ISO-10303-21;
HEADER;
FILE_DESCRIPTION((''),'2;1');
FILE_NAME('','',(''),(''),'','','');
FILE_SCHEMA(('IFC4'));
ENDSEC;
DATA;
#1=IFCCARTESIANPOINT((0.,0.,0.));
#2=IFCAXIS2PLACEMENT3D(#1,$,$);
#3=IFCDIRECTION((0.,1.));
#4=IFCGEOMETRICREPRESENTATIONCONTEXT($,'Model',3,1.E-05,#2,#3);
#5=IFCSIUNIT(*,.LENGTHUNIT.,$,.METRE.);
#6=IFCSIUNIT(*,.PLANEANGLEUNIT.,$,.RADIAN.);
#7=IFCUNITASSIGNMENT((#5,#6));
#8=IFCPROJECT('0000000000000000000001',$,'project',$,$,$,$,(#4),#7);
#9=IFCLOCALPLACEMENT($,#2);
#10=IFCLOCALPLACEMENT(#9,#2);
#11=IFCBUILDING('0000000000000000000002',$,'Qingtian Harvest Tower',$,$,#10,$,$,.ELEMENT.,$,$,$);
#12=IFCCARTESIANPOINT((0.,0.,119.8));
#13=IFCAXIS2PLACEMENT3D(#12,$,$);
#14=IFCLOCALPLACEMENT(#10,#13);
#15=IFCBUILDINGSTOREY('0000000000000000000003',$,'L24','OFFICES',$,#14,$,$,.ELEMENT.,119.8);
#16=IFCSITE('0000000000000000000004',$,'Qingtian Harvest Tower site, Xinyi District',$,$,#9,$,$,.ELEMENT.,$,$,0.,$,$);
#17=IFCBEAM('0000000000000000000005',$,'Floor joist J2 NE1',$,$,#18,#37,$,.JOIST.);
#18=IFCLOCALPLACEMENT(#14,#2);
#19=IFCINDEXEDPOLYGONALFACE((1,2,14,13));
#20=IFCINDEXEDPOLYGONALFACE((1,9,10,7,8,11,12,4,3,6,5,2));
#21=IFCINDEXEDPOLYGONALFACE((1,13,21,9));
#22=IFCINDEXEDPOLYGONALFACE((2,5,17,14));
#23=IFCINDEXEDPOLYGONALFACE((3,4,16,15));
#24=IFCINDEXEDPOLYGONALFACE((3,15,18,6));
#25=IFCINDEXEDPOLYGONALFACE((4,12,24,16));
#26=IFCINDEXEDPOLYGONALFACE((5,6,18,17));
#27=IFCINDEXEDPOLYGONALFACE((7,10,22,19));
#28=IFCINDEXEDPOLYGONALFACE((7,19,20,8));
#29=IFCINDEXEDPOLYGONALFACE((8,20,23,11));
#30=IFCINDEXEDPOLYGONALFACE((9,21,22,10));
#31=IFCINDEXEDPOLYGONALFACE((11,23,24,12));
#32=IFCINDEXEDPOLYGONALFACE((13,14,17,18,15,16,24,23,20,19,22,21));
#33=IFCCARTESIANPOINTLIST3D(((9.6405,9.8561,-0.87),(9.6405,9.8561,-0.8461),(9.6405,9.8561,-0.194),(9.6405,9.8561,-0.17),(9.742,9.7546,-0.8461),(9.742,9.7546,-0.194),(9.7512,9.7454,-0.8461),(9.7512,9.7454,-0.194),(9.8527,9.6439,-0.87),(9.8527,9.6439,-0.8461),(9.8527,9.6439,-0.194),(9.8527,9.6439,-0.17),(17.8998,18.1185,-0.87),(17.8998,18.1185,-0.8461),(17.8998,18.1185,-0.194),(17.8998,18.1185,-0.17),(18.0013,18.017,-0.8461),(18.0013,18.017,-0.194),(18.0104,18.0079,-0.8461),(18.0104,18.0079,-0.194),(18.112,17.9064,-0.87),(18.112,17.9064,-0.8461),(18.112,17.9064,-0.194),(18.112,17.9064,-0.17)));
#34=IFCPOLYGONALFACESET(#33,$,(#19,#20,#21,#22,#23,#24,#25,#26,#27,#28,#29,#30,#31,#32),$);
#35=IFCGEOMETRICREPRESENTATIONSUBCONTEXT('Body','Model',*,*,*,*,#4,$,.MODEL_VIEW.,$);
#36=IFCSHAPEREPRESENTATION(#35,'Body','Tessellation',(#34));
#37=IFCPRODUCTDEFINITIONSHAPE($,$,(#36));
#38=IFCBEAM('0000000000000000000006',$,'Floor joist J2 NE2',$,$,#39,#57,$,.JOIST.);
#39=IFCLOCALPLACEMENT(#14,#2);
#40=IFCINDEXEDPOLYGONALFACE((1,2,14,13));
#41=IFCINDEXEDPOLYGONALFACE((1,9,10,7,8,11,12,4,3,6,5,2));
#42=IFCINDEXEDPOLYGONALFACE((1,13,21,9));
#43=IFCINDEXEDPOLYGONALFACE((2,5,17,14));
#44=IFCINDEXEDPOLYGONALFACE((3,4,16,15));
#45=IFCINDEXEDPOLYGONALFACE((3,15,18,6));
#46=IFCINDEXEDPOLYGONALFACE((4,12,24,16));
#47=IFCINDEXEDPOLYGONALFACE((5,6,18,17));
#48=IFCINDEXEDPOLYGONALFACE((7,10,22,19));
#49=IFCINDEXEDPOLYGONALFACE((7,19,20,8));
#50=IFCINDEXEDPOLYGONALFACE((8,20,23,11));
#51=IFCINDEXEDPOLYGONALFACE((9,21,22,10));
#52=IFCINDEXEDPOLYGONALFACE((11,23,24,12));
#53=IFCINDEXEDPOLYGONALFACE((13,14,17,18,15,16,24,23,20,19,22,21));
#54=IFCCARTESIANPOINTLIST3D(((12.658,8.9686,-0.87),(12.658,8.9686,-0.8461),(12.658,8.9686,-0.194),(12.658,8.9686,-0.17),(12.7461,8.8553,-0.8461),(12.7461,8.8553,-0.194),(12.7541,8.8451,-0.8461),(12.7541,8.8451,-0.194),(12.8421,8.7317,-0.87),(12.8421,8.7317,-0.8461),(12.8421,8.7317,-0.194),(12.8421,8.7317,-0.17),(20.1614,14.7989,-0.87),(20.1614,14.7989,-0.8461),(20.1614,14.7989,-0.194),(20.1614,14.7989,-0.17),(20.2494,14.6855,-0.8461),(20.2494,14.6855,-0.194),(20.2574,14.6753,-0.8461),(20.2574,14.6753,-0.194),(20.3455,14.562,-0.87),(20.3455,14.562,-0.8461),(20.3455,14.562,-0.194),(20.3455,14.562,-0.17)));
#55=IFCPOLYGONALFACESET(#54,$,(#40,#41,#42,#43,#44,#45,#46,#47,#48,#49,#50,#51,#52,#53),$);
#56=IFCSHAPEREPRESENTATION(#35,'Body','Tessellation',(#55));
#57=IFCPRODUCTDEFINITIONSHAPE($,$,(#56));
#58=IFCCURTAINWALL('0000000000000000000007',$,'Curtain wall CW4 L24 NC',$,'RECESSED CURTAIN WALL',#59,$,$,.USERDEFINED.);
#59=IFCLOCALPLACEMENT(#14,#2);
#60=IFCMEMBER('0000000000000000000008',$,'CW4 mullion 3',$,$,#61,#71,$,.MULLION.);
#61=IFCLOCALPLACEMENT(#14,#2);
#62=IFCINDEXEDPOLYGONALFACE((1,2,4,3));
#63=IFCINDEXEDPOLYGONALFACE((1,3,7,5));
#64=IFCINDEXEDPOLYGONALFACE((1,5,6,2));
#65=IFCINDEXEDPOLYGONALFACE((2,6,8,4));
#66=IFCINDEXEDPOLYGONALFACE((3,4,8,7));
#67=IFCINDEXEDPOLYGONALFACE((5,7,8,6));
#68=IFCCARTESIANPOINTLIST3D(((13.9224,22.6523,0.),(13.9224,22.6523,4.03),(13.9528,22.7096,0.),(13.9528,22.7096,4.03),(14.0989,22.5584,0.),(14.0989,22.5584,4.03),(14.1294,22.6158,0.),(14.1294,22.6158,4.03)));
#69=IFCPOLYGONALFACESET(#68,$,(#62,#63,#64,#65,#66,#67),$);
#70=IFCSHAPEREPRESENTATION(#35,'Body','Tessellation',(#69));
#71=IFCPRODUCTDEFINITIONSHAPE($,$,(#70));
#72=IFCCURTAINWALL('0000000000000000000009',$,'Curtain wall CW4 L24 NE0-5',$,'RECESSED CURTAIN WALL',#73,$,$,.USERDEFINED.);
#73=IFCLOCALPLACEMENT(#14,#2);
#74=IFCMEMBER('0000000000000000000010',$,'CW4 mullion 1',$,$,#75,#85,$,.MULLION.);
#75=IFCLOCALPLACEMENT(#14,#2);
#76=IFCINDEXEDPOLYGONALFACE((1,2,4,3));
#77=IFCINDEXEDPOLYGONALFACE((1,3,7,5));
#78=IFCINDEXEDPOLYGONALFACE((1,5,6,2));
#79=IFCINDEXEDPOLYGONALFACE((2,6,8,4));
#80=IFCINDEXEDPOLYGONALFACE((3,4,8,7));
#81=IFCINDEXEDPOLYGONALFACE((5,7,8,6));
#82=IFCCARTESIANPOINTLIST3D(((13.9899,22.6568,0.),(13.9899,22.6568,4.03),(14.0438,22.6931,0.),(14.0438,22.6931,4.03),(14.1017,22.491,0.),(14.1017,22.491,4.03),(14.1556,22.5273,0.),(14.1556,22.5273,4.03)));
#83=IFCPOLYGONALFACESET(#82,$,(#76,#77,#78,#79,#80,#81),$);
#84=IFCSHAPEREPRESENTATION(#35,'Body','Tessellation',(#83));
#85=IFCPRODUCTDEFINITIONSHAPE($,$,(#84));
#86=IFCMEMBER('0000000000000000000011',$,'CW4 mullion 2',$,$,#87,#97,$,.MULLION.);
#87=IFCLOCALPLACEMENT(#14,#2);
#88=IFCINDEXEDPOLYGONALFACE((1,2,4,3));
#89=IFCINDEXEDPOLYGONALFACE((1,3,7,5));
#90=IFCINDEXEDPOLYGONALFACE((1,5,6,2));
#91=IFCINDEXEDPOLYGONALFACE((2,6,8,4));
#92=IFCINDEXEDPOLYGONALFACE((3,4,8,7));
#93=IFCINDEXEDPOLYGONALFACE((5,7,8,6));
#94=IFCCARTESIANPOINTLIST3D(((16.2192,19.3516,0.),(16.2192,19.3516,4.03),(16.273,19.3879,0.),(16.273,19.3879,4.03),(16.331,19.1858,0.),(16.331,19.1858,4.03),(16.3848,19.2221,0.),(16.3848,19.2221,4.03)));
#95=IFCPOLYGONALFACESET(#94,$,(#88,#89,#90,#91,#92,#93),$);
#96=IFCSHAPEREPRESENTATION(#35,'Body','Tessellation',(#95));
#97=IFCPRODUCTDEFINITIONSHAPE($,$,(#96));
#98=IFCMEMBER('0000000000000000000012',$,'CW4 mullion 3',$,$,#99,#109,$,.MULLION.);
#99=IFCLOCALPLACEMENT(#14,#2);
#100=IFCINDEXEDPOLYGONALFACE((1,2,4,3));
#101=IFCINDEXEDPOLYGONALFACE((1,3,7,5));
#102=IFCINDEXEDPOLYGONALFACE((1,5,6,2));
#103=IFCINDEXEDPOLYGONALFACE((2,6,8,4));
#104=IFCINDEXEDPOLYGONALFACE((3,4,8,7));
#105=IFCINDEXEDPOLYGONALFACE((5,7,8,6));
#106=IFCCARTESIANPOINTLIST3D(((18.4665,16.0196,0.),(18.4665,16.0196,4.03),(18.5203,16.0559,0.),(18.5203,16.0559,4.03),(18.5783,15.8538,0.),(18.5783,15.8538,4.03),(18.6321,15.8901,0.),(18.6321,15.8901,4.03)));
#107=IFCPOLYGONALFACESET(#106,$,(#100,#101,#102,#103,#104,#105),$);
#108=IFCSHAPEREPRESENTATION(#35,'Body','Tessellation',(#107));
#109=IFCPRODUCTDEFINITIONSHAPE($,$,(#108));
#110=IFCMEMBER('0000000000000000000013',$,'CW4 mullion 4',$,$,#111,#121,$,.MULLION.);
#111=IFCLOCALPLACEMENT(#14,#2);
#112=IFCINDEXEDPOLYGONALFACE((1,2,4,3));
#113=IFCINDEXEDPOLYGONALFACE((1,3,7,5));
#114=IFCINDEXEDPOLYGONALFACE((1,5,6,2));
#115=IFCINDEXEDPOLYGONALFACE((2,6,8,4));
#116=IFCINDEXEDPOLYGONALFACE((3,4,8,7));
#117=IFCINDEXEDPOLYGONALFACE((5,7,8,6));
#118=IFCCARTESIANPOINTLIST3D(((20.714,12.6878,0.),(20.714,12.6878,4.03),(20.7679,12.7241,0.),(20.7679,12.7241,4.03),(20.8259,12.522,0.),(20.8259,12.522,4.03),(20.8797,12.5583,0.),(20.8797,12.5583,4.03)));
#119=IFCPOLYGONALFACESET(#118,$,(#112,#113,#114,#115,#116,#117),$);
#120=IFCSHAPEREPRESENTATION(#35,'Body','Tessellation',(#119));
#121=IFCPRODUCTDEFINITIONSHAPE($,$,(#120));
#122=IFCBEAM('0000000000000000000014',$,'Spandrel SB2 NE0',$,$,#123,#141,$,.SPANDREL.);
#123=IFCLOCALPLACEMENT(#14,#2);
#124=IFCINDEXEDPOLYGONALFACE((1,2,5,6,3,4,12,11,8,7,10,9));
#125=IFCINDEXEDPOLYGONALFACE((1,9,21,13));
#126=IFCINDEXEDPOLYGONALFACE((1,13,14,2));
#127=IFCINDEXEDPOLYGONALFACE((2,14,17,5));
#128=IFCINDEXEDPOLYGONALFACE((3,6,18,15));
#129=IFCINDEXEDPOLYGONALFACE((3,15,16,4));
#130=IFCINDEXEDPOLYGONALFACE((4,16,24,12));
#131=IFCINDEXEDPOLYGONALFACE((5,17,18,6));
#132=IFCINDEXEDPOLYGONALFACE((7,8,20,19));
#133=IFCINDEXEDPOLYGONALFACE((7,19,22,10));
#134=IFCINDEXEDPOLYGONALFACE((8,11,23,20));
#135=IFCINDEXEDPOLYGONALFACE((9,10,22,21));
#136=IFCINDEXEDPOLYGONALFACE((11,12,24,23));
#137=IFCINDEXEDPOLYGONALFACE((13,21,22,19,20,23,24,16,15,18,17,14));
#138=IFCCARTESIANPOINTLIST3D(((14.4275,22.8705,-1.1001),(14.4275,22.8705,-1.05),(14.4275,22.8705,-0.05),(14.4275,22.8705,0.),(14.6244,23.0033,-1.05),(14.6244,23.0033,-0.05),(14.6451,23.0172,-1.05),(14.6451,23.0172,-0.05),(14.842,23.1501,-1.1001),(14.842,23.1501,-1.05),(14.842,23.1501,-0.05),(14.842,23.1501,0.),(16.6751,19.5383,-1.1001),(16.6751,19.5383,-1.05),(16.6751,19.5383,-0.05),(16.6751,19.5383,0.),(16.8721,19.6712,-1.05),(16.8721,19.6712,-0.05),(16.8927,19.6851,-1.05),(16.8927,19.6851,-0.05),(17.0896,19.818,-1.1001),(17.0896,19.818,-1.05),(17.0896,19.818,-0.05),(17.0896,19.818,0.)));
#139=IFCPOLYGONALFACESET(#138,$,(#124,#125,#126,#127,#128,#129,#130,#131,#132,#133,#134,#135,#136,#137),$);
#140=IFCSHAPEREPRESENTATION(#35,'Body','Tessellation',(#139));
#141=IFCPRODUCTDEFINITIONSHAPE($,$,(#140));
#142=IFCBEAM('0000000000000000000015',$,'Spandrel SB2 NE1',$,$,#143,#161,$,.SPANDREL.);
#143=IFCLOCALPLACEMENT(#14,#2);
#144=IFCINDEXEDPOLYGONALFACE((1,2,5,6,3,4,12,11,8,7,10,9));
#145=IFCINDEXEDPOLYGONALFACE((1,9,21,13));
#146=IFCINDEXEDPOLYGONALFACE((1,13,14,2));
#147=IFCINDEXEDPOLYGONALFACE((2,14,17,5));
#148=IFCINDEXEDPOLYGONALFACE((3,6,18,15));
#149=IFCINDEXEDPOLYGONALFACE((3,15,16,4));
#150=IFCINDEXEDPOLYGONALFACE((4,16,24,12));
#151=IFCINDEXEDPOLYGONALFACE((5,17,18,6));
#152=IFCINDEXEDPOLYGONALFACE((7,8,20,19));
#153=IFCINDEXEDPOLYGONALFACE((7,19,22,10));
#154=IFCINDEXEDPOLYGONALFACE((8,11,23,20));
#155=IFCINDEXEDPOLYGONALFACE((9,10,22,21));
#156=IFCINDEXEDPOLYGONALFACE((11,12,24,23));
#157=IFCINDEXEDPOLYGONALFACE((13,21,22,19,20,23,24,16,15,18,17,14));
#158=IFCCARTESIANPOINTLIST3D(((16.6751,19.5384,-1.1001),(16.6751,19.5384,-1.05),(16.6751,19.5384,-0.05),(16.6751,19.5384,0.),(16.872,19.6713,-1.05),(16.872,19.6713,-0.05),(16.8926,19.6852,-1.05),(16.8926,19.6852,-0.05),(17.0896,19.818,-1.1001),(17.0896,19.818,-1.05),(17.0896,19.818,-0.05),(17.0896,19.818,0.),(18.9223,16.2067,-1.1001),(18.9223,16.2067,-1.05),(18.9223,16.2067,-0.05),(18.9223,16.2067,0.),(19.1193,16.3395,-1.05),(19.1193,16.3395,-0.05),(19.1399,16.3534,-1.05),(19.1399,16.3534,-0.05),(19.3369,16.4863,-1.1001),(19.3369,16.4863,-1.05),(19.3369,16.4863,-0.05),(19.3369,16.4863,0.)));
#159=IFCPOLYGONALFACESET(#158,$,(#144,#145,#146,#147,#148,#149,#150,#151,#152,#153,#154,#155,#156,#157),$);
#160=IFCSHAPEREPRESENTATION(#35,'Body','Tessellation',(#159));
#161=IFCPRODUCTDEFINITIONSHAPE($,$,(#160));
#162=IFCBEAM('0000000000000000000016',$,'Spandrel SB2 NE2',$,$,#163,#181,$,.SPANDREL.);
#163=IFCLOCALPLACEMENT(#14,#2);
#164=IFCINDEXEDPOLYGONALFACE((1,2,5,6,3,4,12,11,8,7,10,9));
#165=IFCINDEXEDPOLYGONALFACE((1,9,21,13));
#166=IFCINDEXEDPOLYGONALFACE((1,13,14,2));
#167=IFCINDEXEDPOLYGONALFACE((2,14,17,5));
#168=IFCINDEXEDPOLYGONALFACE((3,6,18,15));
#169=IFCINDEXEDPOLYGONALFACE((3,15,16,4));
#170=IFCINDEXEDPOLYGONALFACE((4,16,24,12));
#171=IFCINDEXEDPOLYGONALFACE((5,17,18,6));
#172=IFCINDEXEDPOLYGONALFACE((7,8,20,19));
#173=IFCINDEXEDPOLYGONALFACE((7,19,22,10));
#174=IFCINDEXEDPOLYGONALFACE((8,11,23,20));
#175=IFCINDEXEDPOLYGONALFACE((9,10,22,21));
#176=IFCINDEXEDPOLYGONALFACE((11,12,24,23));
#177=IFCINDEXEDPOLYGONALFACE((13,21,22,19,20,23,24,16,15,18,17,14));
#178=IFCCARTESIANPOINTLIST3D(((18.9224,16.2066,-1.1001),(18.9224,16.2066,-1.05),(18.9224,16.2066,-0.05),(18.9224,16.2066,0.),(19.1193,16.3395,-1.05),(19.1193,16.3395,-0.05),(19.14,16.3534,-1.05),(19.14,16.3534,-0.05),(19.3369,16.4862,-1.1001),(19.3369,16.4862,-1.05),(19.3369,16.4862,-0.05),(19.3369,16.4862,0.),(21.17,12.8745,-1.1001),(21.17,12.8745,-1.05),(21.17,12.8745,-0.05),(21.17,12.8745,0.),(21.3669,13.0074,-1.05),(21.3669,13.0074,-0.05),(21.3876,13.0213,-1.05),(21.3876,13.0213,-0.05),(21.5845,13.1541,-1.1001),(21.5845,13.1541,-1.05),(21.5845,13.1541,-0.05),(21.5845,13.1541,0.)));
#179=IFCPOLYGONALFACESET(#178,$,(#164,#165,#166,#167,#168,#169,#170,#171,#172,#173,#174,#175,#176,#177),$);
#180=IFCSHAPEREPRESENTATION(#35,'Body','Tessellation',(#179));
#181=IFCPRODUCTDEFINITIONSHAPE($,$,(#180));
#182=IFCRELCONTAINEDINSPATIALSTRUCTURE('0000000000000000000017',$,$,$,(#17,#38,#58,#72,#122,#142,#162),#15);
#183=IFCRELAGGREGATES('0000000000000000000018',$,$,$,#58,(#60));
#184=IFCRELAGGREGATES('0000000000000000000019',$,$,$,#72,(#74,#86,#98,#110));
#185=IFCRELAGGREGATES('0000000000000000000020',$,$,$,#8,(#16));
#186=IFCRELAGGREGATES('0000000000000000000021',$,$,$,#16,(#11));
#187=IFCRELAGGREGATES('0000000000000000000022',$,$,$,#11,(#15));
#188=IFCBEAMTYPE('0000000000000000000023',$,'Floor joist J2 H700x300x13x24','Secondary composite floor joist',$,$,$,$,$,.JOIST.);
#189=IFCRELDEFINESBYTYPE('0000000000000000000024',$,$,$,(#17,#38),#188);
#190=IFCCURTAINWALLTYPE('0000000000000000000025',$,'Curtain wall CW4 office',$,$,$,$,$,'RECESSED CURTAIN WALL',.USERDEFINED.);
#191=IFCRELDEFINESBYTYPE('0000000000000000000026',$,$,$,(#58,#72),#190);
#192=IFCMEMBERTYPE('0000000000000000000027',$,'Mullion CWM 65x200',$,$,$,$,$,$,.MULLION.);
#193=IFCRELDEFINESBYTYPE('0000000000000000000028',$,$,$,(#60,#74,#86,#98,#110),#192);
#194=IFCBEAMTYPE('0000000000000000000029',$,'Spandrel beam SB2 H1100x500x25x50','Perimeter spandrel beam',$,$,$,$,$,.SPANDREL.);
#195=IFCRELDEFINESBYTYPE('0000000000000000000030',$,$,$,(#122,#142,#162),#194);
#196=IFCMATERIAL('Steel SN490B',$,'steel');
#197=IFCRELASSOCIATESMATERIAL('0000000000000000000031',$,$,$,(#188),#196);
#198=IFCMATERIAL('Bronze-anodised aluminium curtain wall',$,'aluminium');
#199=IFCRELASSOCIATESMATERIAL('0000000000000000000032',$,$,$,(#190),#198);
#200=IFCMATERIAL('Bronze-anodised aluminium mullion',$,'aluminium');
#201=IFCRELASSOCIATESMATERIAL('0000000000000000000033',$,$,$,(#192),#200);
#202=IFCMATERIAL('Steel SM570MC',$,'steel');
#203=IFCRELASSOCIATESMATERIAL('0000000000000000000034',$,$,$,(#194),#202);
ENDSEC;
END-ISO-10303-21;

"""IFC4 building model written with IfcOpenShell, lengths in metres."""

from ifc_helpers import new_model, si_unit, direction, frame, origin, origin_2d, place, context, subcontext, project, spatial, rectangle, i_section, extrude, material, material_profile, profile_set, type_object, element, aggregate, save


model = new_model("IFC4")

# Units and contexts
model_context = context("Model", 3, precision=1e-05, world=origin(), true_north=direction((0.0, 1.0)))
body_context = subcontext(model_context, "Body", "Model", "MODEL_VIEW")
ifc_project = project(units=[si_unit("LENGTHUNIT", "METRE"), si_unit("PLANEANGLEUNIT", "RADIAN")], contexts=[model_context])

# Site, building, storey
site_placement = place(None, origin())
site = spatial("IfcSite", under=ifc_project, at=site_placement, Name="Qingtian Harvest Tower site, Xinyi District", CompositionType="ELEMENT", RefElevation=0.0)
building_placement = place(site_placement, origin())
building = spatial("IfcBuilding", under=site, at=building_placement, Name="Qingtian Harvest Tower", CompositionType="ELEMENT")
storey_placement = place(building_placement, frame((0.0, 0.0, 119.8)))
storey = spatial("IfcBuildingStorey", under=building, at=storey_placement, Name="L24", Description="OFFICES", CompositionType="ELEMENT", Elevation=119.8)

# Beams
ifc_material_1 = material(Name="Steel SN490B", Category="steel")
ifc_material_profile_1 = material_profile(ifc_material_1, i_section(OverallWidth=0.3, OverallDepth=0.7, WebThickness=0.0129, FlangeThickness=0.0239, at=origin_2d()), Name="H700x300x13x24")
ifc_profile_set_1 = profile_set([ifc_material_profile_1], Name="Steel SN490B")
beam_type_1 = type_object("IfcBeamType", Name="Floor joist J2 H700x300x13x24", Description="Secondary composite floor joist", PredefinedType="JOIST", material=ifc_profile_set_1)
beam_1_placement = place(storey_placement, frame((18.0059, 18.0125, -0.52), z_axis=(-0.706971, -0.707243, 0.0), x_axis=(0.707243, -0.706971, 0.0)))
element("IfcBeam", 1, at=beam_1_placement, inside=storey, type_object=beam_type_1, Name="Floor joist J2 NE1", PredefinedType="JOIST", context=body_context, shape_type="SweptSolid", body=[
    extrude(i_section(OverallWidth=0.3, OverallDepth=0.7, WebThickness=0.0129, FlangeThickness=0.0239, at=origin_2d()), origin(), (0.0, 0.0, 1.0), 11.6826),
])
beam_2_placement = place(storey_placement, frame((20.2534, 14.6804, -0.52), z_axis=(-0.789641, -0.613569, 0.0), x_axis=(0.613569, -0.789641, 0.0)))
element("IfcBeam", 2, at=beam_2_placement, inside=storey, type_object=beam_type_1, Name="Floor joist J2 NE2", PredefinedType="JOIST", context=body_context, shape_type="SweptSolid", body=[
    extrude(i_section(OverallWidth=0.3, OverallDepth=0.7, WebThickness=0.0129, FlangeThickness=0.0239, at=origin_2d()), origin(), (0.0, 0.0, 1.0), 9.5022),
])

# Curtain wall, member
ifc_material_2 = material(Name="Bronze-anodised aluminium curtain wall", Category="aluminium")
curtain_wall_type = type_object("IfcCurtainWallType", Name="Curtain wall CW4 office", ElementType="RECESSED CURTAIN WALL", PredefinedType="USERDEFINED", material=ifc_material_2)
curtain_wall_1_placement = place(storey_placement, origin())
curtain_wall_1 = element("IfcCurtainWall", 3, at=curtain_wall_1_placement, inside=storey, type_object=curtain_wall_type, Name="Curtain wall CW4 L24 NC", ObjectType="RECESSED CURTAIN WALL", PredefinedType="USERDEFINED")
ifc_material_3 = material(Name="Bronze-anodised aluminium mullion", Category="aluminium")
ifc_material_profile_2 = material_profile(ifc_material_3, rectangle(XDim=0.0649, YDim=0.2, at=origin_2d()), Name="AL 65x200")
ifc_profile_set_2 = profile_set([ifc_material_profile_2], Name="Bronze-anodised aluminium mullion")
member_type_1 = type_object("IfcMemberType", Name="Mullion CWM 65x200", PredefinedType="MULLION", material=ifc_profile_set_2)
member_1_placement = place(storey_placement, frame((14.0259, 22.634, 0.0), z_axis=(0.0, 0.0, 1.0), x_axis=(0.469472, 0.882948, 0.0)))
member_1 = element("IfcMember", 4, at=member_1_placement, type_object=member_type_1, Name="CW4 mullion 3", PredefinedType="MULLION", context=body_context, shape_type="SweptSolid", body=[
    extrude(rectangle(XDim=0.0649, YDim=0.2, at=origin_2d()), origin(), (0.0, 0.0, 1.0), 4.03),
])

# Curtain wall, members
curtain_wall_2_placement = place(storey_placement, origin())
curtain_wall_2 = element("IfcCurtainWall", 5, at=curtain_wall_2_placement, inside=storey, type_object=curtain_wall_type, Name="Curtain wall CW4 L24 NE0-5", ObjectType="RECESSED CURTAIN WALL", PredefinedType="USERDEFINED")
member_2_placement = place(storey_placement, frame((14.0728, 22.592, 0.0), z_axis=(0.0, 0.0, 1.0), x_axis=(0.829038, 0.559193, 0.0)))
member_2 = element("IfcMember", 6, at=member_2_placement, type_object=member_type_1, Name="CW4 mullion 1", PredefinedType="MULLION", context=body_context, shape_type="SweptSolid", body=[
    extrude(rectangle(XDim=0.0649, YDim=0.2, at=origin_2d()), origin(), (0.0, 0.0, 1.0), 4.03),
])
member_3_placement = place(storey_placement, frame((16.302, 19.2869, 0.0), z_axis=(0.0, 0.0, 1.0), x_axis=(0.829038, 0.559193, 0.0)))
member_3 = element("IfcMember", 7, at=member_3_placement, type_object=member_type_1, Name="CW4 mullion 2", PredefinedType="MULLION", context=body_context, shape_type="SweptSolid", body=[
    extrude(rectangle(XDim=0.0649, YDim=0.2, at=origin_2d()), origin(), (0.0, 0.0, 1.0), 4.03),
])
member_4_placement = place(storey_placement, frame((18.5493, 15.9548, 0.0), z_axis=(0.0, 0.0, 1.0), x_axis=(0.829038, 0.559193, 0.0)))
member_4 = element("IfcMember", 8, at=member_4_placement, type_object=member_type_1, Name="CW4 mullion 3", PredefinedType="MULLION", context=body_context, shape_type="SweptSolid", body=[
    extrude(rectangle(XDim=0.0649, YDim=0.2, at=origin_2d()), origin(), (0.0, 0.0, 1.0), 4.03),
])
member_5_placement = place(storey_placement, frame((20.7969, 12.623, 0.0), z_axis=(0.0, 0.0, 1.0), x_axis=(0.829038, 0.559193, 0.0)))
member_5 = element("IfcMember", 9, at=member_5_placement, type_object=member_type_1, Name="CW4 mullion 4", PredefinedType="MULLION", context=body_context, shape_type="SweptSolid", body=[
    extrude(rectangle(XDim=0.0649, YDim=0.2, at=origin_2d()), origin(), (0.0, 0.0, 1.0), 4.03),
])

# Beams
ifc_material_4 = material(Name="Steel SM570MC", Category="steel")
ifc_material_profile_3 = material_profile(ifc_material_4, i_section(OverallWidth=0.5, OverallDepth=1.1001, WebThickness=0.0249, FlangeThickness=0.05, at=origin_2d()), Name="H1100x500x25x50")
ifc_profile_set_3 = profile_set([ifc_material_profile_3], Name="Steel SM570MC")
beam_type_2 = type_object("IfcBeamType", Name="Spandrel beam SB2 H1100x500x25x50", Description="Perimeter spandrel beam", PredefinedType="SPANDREL", material=ifc_profile_set_3)
beam_3_placement = place(storey_placement, frame((14.6348, 23.0103, -0.55), z_axis=(0.559206, -0.829029, 0.0), x_axis=(0.829029, 0.559206, 0.0)))
element("IfcBeam", 10, at=beam_3_placement, inside=storey, type_object=beam_type_2, Name="Spandrel SB2 NE0", PredefinedType="SPANDREL", context=body_context, shape_type="SweptSolid", body=[
    extrude(i_section(OverallWidth=0.5, OverallDepth=1.1001, WebThickness=0.0249, FlangeThickness=0.05, at=origin_2d()), origin(), (0.0, 0.0, 1.0), 4.0193),
])
beam_4_placement = place(storey_placement, frame((16.8823, 19.6782, -0.55), z_axis=(0.559192, -0.829038, 0.0), x_axis=(0.829038, 0.559192, 0.0)))
element("IfcBeam", 11, at=beam_4_placement, inside=storey, type_object=beam_type_2, Name="Spandrel SB2 NE1", PredefinedType="SPANDREL", context=body_context, shape_type="SweptSolid", body=[
    extrude(i_section(OverallWidth=0.5, OverallDepth=1.1001, WebThickness=0.0249, FlangeThickness=0.05, at=origin_2d()), origin(), (0.0, 0.0, 1.0), 4.0188),
])
beam_5_placement = place(storey_placement, frame((19.1296, 16.3464, -0.55), z_axis=(0.559206, -0.829029, 0.0), x_axis=(0.829029, 0.559206, 0.0)))
element("IfcBeam", 12, at=beam_5_placement, inside=storey, type_object=beam_type_2, Name="Spandrel SB2 NE2", PredefinedType="SPANDREL", context=body_context, shape_type="SweptSolid", body=[
    extrude(i_section(OverallWidth=0.5, OverallDepth=1.1001, WebThickness=0.0249, FlangeThickness=0.05, at=origin_2d()), origin(), (0.0, 0.0, 1.0), 4.0193),
])

aggregate(curtain_wall_1, [member_1])
aggregate(curtain_wall_2, [member_2, member_3, member_4, member_5])

save(model, "model.ifc")
